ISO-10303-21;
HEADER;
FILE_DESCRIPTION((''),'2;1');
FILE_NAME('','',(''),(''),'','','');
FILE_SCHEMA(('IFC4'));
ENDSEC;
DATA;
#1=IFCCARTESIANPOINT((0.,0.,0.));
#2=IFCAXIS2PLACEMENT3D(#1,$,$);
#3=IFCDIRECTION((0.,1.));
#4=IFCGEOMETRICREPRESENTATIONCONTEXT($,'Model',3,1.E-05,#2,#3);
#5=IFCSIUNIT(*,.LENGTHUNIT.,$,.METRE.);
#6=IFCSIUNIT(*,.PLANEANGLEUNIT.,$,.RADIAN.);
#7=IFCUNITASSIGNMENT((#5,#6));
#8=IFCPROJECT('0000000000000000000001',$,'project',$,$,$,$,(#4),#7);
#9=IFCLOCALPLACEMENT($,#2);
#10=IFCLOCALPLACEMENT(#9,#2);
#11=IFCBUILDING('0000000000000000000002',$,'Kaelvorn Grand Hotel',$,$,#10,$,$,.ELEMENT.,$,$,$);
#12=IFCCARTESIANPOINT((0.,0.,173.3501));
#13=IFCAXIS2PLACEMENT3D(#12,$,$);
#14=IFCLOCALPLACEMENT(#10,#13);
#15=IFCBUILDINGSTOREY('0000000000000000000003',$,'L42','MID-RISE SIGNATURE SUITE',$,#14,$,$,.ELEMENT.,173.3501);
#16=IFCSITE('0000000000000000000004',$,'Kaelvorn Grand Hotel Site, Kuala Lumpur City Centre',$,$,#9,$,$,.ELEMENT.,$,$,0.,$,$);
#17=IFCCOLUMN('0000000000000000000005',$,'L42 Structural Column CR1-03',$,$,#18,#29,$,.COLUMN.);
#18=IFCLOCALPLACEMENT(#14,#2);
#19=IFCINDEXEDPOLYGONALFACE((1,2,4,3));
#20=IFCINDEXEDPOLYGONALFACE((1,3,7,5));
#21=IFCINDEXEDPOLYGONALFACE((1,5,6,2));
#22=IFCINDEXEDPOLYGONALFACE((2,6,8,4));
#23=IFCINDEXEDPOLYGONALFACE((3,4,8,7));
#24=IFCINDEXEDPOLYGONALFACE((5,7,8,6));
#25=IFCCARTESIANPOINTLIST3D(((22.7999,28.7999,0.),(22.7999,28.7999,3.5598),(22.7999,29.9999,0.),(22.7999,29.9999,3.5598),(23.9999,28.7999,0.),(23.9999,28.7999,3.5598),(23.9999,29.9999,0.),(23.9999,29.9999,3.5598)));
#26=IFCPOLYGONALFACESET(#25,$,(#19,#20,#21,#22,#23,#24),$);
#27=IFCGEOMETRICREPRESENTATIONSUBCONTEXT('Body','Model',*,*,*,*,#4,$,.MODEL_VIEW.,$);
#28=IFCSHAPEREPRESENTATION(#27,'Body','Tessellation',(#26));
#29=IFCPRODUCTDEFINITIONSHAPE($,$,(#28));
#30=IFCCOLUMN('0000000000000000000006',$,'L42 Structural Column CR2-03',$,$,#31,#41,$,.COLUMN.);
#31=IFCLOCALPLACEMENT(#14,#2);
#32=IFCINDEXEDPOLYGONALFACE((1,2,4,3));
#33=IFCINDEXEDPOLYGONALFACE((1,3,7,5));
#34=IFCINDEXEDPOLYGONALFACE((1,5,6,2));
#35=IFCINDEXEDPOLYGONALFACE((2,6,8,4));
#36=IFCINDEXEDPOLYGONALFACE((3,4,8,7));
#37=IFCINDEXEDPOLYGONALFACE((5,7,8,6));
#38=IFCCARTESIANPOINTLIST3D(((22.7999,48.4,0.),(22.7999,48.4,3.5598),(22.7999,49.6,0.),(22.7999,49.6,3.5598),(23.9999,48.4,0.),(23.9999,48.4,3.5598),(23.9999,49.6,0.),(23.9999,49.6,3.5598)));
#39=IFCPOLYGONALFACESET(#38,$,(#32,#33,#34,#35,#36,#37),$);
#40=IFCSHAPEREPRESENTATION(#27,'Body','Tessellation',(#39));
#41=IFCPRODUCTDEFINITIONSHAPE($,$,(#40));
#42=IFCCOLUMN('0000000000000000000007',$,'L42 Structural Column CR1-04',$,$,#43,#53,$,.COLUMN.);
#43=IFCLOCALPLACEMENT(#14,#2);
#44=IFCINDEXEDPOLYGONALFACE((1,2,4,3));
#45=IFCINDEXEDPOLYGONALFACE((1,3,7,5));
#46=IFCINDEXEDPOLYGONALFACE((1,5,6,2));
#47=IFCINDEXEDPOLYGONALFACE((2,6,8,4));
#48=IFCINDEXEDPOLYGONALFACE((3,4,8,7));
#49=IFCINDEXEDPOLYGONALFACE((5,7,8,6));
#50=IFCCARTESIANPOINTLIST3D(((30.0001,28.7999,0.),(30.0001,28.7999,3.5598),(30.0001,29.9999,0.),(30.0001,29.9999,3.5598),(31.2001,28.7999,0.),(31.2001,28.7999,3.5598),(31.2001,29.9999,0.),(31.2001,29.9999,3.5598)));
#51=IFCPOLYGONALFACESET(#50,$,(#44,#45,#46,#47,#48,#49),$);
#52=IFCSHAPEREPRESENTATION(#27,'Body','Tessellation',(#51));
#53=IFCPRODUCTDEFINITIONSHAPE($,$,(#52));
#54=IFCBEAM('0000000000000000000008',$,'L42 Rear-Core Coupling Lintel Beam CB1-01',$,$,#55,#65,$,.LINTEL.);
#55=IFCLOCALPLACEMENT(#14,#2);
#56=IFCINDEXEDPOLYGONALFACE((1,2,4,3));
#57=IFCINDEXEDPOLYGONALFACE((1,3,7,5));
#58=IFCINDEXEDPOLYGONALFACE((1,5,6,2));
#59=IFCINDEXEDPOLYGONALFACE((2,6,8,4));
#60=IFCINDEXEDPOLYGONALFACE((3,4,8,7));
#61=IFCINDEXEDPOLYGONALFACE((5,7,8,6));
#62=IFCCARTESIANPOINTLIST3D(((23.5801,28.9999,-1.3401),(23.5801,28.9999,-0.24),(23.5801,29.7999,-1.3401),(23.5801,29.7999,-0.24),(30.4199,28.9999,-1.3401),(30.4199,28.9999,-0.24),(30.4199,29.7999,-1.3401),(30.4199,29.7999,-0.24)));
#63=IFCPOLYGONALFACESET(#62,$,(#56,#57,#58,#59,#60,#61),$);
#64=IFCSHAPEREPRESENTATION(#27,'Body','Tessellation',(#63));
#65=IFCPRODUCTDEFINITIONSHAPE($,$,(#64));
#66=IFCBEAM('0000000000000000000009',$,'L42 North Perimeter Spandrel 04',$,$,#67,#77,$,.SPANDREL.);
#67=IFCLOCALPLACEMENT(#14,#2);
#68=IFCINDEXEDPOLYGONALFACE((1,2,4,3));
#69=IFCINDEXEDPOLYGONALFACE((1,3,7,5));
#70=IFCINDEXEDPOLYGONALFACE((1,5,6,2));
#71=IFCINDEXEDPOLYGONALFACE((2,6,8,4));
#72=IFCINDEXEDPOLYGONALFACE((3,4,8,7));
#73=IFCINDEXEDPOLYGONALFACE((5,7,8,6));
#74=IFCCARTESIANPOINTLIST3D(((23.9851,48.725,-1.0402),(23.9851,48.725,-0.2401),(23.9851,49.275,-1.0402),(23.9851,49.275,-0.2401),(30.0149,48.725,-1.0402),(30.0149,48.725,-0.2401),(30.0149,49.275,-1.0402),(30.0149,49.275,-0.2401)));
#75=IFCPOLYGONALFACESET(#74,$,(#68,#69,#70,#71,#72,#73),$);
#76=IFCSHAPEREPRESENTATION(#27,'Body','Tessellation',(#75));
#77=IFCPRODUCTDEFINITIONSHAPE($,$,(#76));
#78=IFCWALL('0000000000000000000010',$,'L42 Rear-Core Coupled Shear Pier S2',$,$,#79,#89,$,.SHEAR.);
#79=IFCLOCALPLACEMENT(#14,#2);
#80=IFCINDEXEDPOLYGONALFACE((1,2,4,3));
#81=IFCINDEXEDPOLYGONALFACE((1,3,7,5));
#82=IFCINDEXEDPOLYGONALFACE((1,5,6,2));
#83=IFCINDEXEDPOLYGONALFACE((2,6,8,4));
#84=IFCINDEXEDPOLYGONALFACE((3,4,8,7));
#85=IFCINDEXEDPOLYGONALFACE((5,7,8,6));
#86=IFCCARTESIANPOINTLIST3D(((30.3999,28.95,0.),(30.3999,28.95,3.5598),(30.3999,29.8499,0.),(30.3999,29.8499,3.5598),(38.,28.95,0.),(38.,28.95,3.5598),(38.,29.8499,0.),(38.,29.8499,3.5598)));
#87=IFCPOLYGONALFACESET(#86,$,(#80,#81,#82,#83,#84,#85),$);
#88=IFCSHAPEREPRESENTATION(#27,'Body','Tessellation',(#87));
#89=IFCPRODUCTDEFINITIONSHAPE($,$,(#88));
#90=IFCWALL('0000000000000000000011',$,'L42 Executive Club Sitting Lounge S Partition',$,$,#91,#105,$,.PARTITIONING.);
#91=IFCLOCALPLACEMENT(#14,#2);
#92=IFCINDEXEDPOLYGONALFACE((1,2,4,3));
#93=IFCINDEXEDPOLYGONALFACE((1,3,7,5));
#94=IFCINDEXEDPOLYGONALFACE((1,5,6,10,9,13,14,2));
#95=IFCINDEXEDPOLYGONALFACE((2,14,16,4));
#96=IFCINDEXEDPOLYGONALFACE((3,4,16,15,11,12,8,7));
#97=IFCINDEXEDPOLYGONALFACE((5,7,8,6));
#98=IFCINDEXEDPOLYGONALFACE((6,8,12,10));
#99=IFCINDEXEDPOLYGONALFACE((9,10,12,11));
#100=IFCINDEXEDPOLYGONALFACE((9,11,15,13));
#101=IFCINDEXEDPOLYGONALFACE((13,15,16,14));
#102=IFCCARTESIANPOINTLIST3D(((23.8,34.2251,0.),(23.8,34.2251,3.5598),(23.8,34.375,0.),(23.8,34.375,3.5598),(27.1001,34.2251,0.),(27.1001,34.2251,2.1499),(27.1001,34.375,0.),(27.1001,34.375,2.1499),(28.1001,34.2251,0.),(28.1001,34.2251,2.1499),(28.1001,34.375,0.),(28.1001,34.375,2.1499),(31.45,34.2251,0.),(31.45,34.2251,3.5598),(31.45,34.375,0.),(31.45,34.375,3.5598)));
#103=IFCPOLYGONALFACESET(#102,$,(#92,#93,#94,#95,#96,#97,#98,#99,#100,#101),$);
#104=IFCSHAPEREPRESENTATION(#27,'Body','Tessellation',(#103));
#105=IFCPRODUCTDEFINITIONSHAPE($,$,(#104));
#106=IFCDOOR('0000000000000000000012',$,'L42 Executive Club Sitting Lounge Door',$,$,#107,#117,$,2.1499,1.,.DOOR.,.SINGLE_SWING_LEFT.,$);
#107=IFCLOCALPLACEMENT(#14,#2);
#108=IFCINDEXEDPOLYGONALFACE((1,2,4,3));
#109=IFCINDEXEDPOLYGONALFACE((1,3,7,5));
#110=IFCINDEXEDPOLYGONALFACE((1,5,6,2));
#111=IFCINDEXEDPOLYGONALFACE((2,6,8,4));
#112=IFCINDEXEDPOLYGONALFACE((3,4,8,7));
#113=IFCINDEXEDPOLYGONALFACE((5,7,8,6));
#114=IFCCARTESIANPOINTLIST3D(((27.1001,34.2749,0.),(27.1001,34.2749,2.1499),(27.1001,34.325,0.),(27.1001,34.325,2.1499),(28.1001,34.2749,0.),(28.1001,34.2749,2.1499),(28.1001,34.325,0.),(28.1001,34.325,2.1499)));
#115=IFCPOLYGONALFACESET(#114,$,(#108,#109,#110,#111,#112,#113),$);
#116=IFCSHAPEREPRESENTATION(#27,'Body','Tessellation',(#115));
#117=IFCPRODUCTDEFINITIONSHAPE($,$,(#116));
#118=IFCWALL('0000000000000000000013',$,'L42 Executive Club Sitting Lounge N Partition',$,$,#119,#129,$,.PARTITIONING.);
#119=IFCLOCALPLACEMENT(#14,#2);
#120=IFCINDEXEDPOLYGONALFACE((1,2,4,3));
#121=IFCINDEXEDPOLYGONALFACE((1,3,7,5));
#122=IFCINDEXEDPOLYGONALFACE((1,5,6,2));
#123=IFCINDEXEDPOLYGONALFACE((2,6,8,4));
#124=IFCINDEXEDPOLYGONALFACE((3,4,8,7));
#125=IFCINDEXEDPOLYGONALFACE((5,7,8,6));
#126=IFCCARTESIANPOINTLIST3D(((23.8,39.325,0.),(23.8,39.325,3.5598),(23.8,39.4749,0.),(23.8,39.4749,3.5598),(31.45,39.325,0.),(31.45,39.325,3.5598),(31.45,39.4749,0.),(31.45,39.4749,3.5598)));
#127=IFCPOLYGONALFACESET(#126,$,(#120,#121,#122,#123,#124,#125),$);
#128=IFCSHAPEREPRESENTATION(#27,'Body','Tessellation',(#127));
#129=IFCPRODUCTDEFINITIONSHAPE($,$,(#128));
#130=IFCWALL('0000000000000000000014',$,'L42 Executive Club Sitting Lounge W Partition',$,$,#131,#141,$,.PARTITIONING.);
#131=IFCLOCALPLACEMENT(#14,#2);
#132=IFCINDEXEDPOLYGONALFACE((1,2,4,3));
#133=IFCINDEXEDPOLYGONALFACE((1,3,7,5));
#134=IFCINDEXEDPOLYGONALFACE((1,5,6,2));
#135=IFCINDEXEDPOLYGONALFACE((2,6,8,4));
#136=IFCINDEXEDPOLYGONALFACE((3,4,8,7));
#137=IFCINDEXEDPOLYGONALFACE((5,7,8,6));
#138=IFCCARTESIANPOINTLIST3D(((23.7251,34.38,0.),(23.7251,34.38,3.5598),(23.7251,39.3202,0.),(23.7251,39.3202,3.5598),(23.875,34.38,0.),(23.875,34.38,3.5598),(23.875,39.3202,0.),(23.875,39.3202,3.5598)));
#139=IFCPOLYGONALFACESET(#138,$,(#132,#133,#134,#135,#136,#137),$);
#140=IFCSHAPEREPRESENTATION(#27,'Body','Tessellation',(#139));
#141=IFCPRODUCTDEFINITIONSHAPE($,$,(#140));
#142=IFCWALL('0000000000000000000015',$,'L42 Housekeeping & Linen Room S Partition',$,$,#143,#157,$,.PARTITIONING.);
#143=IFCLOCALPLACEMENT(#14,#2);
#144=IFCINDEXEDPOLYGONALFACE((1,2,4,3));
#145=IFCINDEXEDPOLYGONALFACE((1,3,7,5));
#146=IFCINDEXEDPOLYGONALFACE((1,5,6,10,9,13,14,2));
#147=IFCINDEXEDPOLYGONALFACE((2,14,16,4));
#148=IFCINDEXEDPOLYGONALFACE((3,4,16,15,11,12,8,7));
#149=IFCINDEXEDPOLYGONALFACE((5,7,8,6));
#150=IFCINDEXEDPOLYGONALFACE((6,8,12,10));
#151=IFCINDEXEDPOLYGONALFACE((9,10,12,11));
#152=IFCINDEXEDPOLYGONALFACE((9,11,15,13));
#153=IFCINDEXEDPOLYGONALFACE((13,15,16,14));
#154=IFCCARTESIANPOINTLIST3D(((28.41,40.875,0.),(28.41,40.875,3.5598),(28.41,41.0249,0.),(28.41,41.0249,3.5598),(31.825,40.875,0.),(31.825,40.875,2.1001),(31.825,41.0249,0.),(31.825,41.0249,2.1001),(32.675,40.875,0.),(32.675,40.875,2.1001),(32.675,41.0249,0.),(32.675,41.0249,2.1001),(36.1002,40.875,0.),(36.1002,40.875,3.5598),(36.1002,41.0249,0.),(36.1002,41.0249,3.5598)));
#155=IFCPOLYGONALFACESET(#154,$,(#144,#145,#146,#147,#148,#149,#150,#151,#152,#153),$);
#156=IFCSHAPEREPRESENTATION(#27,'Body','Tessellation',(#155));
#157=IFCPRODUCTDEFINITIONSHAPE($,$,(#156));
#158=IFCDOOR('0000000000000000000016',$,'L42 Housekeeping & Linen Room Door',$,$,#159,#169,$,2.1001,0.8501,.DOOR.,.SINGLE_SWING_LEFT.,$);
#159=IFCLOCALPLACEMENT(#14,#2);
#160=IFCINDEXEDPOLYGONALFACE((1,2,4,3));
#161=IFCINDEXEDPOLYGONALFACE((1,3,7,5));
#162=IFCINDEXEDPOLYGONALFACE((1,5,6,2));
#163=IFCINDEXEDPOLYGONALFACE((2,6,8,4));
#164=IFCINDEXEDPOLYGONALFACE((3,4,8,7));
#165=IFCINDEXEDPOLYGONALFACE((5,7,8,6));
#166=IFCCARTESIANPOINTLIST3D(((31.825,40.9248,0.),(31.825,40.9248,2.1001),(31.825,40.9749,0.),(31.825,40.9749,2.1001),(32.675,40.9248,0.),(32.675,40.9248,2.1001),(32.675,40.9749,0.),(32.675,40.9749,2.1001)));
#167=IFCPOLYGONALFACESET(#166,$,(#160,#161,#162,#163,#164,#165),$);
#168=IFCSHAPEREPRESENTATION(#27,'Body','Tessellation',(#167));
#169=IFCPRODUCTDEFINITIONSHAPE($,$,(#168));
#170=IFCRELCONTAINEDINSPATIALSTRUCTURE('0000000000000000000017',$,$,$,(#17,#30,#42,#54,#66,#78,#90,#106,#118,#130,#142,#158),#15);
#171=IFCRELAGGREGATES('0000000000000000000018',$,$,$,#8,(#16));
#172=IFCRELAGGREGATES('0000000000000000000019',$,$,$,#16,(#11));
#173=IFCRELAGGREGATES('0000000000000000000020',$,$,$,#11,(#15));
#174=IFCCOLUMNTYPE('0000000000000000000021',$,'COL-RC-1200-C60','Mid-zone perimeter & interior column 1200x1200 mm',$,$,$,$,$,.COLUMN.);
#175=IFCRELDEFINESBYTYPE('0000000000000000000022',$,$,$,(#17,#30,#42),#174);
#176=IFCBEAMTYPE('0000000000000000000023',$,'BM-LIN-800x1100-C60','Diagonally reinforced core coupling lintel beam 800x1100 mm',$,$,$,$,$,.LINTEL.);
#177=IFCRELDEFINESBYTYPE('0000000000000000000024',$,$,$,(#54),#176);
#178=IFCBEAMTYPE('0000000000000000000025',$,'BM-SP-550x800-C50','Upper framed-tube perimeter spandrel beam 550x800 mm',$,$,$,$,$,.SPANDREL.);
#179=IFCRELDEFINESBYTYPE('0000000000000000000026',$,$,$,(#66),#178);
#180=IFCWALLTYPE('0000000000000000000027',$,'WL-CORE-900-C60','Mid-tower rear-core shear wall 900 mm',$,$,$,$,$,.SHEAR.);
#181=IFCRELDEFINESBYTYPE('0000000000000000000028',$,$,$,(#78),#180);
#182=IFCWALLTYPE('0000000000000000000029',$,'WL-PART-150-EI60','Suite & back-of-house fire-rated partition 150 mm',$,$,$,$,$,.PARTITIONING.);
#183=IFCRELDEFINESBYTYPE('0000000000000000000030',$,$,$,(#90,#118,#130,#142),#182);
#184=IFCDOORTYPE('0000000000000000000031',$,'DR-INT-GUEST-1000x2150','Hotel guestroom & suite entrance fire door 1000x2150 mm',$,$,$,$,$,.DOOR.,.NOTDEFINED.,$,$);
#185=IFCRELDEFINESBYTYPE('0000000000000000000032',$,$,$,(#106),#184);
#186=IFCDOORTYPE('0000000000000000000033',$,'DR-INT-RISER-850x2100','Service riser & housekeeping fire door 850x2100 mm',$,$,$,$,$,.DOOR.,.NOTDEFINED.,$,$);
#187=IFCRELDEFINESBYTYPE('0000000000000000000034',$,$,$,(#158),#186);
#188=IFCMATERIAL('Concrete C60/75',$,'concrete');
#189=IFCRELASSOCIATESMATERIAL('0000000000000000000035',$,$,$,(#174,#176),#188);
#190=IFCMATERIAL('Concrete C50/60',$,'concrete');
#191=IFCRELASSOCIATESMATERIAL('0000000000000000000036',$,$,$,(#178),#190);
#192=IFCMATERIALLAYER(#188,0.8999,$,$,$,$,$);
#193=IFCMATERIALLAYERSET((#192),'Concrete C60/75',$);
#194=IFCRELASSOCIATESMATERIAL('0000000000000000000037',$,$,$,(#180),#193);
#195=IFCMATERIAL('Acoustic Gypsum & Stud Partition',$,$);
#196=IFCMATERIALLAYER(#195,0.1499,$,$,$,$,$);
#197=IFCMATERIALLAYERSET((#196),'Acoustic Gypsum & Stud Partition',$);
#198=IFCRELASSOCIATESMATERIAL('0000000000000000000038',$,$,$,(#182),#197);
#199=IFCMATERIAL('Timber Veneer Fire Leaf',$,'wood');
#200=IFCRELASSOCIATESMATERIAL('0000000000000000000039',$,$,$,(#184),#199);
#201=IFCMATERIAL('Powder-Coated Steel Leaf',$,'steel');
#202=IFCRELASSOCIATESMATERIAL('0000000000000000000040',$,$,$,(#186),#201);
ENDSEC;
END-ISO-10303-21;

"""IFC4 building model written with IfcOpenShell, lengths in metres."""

from ifc_helpers import new_model, si_unit, direction, frame, frame_2d, origin, origin_2d, place, context, subcontext, project, spatial, rectangle, extrude, material, layer, layer_set, material_profile, profile_set, type_object, element, fill, save


model = new_model("IFC4")

# Units and contexts
model_context = context("Model", 3, precision=1e-05, world=origin(), true_north=direction((0.0, 1.0)))
body_context = subcontext(model_context, "Body", "Model", "MODEL_VIEW")
ifc_project = project(units=[si_unit("LENGTHUNIT", "METRE"), si_unit("PLANEANGLEUNIT", "RADIAN")], contexts=[model_context])

# Site, building, storey
site_placement = place(None, origin())
site = spatial("IfcSite", under=ifc_project, at=site_placement, Name="Kaelvorn Grand Hotel Site, Kuala Lumpur City Centre", CompositionType="ELEMENT", RefElevation=0.0)
building_placement = place(site_placement, origin())
building = spatial("IfcBuilding", under=site, at=building_placement, Name="Kaelvorn Grand Hotel", CompositionType="ELEMENT")
storey_placement = place(building_placement, frame((0.0, 0.0, 173.3501)))
storey = spatial("IfcBuildingStorey", under=building, at=storey_placement, Name="L42", Description="MID-RISE SIGNATURE SUITE", CompositionType="ELEMENT", Elevation=173.3501)

# Columns
ifc_material_1 = material(Name="Concrete C60/75", Category="concrete")
ifc_material_profile_1 = material_profile(ifc_material_1, rectangle(XDim=1.2, YDim=1.2, at=origin_2d()), Name="RC COL 1200x1200")
ifc_profile_set_1 = profile_set([ifc_material_profile_1], Name="Concrete C60/75")
column_type = type_object("IfcColumnType", Name="COL-RC-1200-C60", Description="Mid-zone perimeter & interior column 1200x1200 mm", PredefinedType="COLUMN", material=ifc_profile_set_1)
for number, where, z_axis, x_axis, name in (
    (1, (23.3999, 29.3999, 0.0), (0.0, 0.0, 1.0), (1.0, 0.0, 0.0), "L42 Structural Column CR1-03"),
    (2, (23.3999, 49.0, 0.0), (0.0, 0.0, 1.0), (1.0, 0.0, 0.0), "L42 Structural Column CR2-03"),
    (3, (30.6001, 29.3999, 0.0), (0.0, 0.0, 1.0), (1.0, 0.0, 0.0), "L42 Structural Column CR1-04"),
):
    element("IfcColumn", number, at=place(storey_placement, frame(where, z_axis=z_axis, x_axis=x_axis)), inside=storey, type_object=column_type, Name=name, PredefinedType="COLUMN", context=body_context, shape_type="SweptSolid", body=[
        extrude(rectangle(XDim=1.2, YDim=1.2, at=origin_2d()), origin(), (0.0, 0.0, 1.0), 3.5598),
    ])

# Beams
ifc_material_profile_2 = material_profile(ifc_material_1, rectangle(XDim=0.8, YDim=1.1001, at=origin_2d()), Name="RC LINTEL 800x1100")
ifc_profile_set_2 = profile_set([ifc_material_profile_2], Name="Concrete C60/75")
beam_type_1 = type_object("IfcBeamType", Name="BM-LIN-800x1100-C60", Description="Diagonally reinforced core coupling lintel beam 800x1100 mm", PredefinedType="LINTEL", material=ifc_profile_set_2)
beam_1_placement = place(storey_placement, frame((23.5801, 29.3999, -0.79), z_axis=(1.0, 0.0, 0.0), x_axis=(0.0, 1.0, 0.0)))
element("IfcBeam", 4, at=beam_1_placement, inside=storey, type_object=beam_type_1, Name="L42 Rear-Core Coupling Lintel Beam CB1-01", PredefinedType="LINTEL", context=body_context, shape_type="SweptSolid", body=[
    extrude(rectangle(XDim=0.8, YDim=1.1001, at=origin_2d()), origin(), (0.0, 0.0, 1.0), 6.8398),
])
ifc_material_2 = material(Name="Concrete C50/60", Category="concrete")
ifc_material_profile_3 = material_profile(ifc_material_2, rectangle(XDim=0.55, YDim=0.8, at=origin_2d()), Name="RC SPANDREL 550x800")
ifc_profile_set_3 = profile_set([ifc_material_profile_3], Name="Concrete C50/60")
beam_type_2 = type_object("IfcBeamType", Name="BM-SP-550x800-C50", Description="Upper framed-tube perimeter spandrel beam 550x800 mm", PredefinedType="SPANDREL", material=ifc_profile_set_3)
beam_2_placement = place(storey_placement, frame((23.9851, 49.0, -0.6401), z_axis=(1.0, 0.0, 0.0), x_axis=(0.0, 1.0, 0.0)))
element("IfcBeam", 5, at=beam_2_placement, inside=storey, type_object=beam_type_2, Name="L42 North Perimeter Spandrel 04", PredefinedType="SPANDREL", context=body_context, shape_type="SweptSolid", body=[
    extrude(rectangle(XDim=0.55, YDim=0.8, at=origin_2d()), origin(), (0.0, 0.0, 1.0), 6.0298),
])

# Wall
ifc_layer_1 = layer(ifc_material_1, 0.8999)
ifc_layer_set_1 = layer_set([ifc_layer_1], Name="Concrete C60/75")
wall_type_1 = type_object("IfcWallType", Name="WL-CORE-900-C60", Description="Mid-tower rear-core shear wall 900 mm", PredefinedType="SHEAR", material=ifc_layer_set_1)
wall_1_placement = place(storey_placement, frame((30.3999, 29.3999, 0.0), z_axis=(0.0, 0.0, 1.0), x_axis=(1.0, 0.0, 0.0)))
element("IfcWall", 6, at=wall_1_placement, inside=storey, type_object=wall_type_1, Name="L42 Rear-Core Coupled Shear Pier S2", PredefinedType="SHEAR", context=body_context, shape_type="SweptSolid", body=[
    extrude(rectangle(XDim=7.6001, YDim=0.8999, at=frame_2d((3.8, 0.0))), origin(), (0.0, 0.0, 1.0), 3.5598),
])

# Wall, opening, door
ifc_material_3 = material(Name="Acoustic Gypsum & Stud Partition")
ifc_layer_2 = layer(ifc_material_3, 0.1499)
ifc_layer_set_2 = layer_set([ifc_layer_2], Name="Acoustic Gypsum & Stud Partition")
wall_type_2 = type_object("IfcWallType", Name="WL-PART-150-EI60", Description="Suite & back-of-house fire-rated partition 150 mm", PredefinedType="PARTITIONING", material=ifc_layer_set_2)
wall_2_placement = place(storey_placement, frame((23.8, 34.3, 0.0), z_axis=(0.0, 0.0, 1.0), x_axis=(1.0, 0.0, 0.0)))
wall_2 = element("IfcWall", 7, at=wall_2_placement, inside=storey, type_object=wall_type_2, Name="L42 Executive Club Sitting Lounge S Partition", PredefinedType="PARTITIONING", context=body_context, shape_type="SweptSolid", body=[
    extrude(rectangle(XDim=7.6499, YDim=0.1499, at=frame_2d((3.825, 0.0))), origin(), (0.0, 0.0, 1.0), 3.5598),
])
opening_1_placement = place(wall_2_placement, frame((3.3, 0.0, 0.0)))
opening_1 = element("IfcOpeningElement", 8, at=opening_1_placement, cuts=wall_2, PredefinedType="OPENING", context=body_context, shape_type="SweptSolid", body=[
    extrude(rectangle(XDim=1.0, YDim=2.1499, at=frame_2d((0.5, 1.075))), frame((0.0, 0.085, 0.0), z_axis=(0.0, -1.0, 0.0), x_axis=(1.0, 0.0, 0.0)), (0.0, 0.0, 1.0), 0.1699),
])
ifc_material_4 = material(Name="Timber Veneer Fire Leaf", Category="wood")
door_type_1 = type_object("IfcDoorType", Name="DR-INT-GUEST-1000x2150", Description="Hotel guestroom & suite entrance fire door 1000x2150 mm", OperationType="NOTDEFINED", PredefinedType="DOOR", material=ifc_material_4)
door_1_placement = place(opening_1_placement, origin())
door_1 = element("IfcDoor", 9, at=door_1_placement, inside=storey, type_object=door_type_1, Name="L42 Executive Club Sitting Lounge Door", OperationType="SINGLE_SWING_LEFT", OverallHeight=2.1499, OverallWidth=1.0, PredefinedType="DOOR", context=body_context, shape_type="SweptSolid", body=[
    extrude(rectangle(XDim=1.0, YDim=2.1499, at=frame_2d((0.5, 1.075))), frame((0.0, 0.0249, 0.0), z_axis=(0.0, -1.0, 0.0), x_axis=(1.0, 0.0, 0.0)), (0.0, 0.0, 1.0), 0.05),
])
fill(opening_1, door_1)

# Walls
wall_3_placement = place(storey_placement, frame((23.8, 39.3999, 0.0), z_axis=(0.0, 0.0, 1.0), x_axis=(1.0, 0.0, 0.0)))
element("IfcWall", 10, at=wall_3_placement, inside=storey, type_object=wall_type_2, Name="L42 Executive Club Sitting Lounge N Partition", PredefinedType="PARTITIONING", context=body_context, shape_type="SweptSolid", body=[
    extrude(rectangle(XDim=7.6499, YDim=0.1499, at=frame_2d((3.825, 0.0))), origin(), (0.0, 0.0, 1.0), 3.5598),
])
wall_4_placement = place(storey_placement, frame((23.8, 34.3799, 0.0), z_axis=(0.0, 0.0, 1.0), x_axis=(0.0, 1.0, 0.0)))
element("IfcWall", 11, at=wall_4_placement, inside=storey, type_object=wall_type_2, Name="L42 Executive Club Sitting Lounge W Partition", PredefinedType="PARTITIONING", context=body_context, shape_type="SweptSolid", body=[
    extrude(rectangle(XDim=4.9402, YDim=0.1499, at=frame_2d((2.4702, 0.0))), origin(), (0.0, 0.0, 1.0), 3.5598),
])

# Wall, opening, door
wall_5_placement = place(storey_placement, frame((28.4099, 40.95, 0.0), z_axis=(0.0, 0.0, 1.0), x_axis=(1.0, 0.0, 0.0)))
wall_5 = element("IfcWall", 12, at=wall_5_placement, inside=storey, type_object=wall_type_2, Name="L42 Housekeeping & Linen Room S Partition", PredefinedType="PARTITIONING", context=body_context, shape_type="SweptSolid", body=[
    extrude(rectangle(XDim=7.6902, YDim=0.1499, at=frame_2d((3.8452, 0.0))), origin(), (0.0, 0.0, 1.0), 3.5598),
])
opening_2_placement = place(wall_5_placement, frame((3.415, 0.0, 0.0)))
opening_2 = element("IfcOpeningElement", 13, at=opening_2_placement, cuts=wall_5, PredefinedType="OPENING", context=body_context, shape_type="SweptSolid", body=[
    extrude(rectangle(XDim=0.8501, YDim=2.1001, at=frame_2d((0.425, 1.05))), frame((0.0, 0.085, 0.0), z_axis=(0.0, -1.0, 0.0), x_axis=(1.0, 0.0, 0.0)), (0.0, 0.0, 1.0), 0.1699),
])
ifc_material_5 = material(Name="Powder-Coated Steel Leaf", Category="steel")
door_type_2 = type_object("IfcDoorType", Name="DR-INT-RISER-850x2100", Description="Service riser & housekeeping fire door 850x2100 mm", OperationType="NOTDEFINED", PredefinedType="DOOR", material=ifc_material_5)
door_2_placement = place(opening_2_placement, origin())
door_2 = element("IfcDoor", 14, at=door_2_placement, inside=storey, type_object=door_type_2, Name="L42 Housekeeping & Linen Room Door", OperationType="SINGLE_SWING_LEFT", OverallHeight=2.1001, OverallWidth=0.8501, PredefinedType="DOOR", context=body_context, shape_type="SweptSolid", body=[
    extrude(rectangle(XDim=0.8501, YDim=2.1001, at=frame_2d((0.425, 1.05))), frame((0.0, 0.0249, 0.0), z_axis=(0.0, -1.0, 0.0), x_axis=(1.0, 0.0, 0.0)), (0.0, 0.0, 1.0), 0.05),
])
fill(opening_2, door_2)

save(model, "model.ifc")
